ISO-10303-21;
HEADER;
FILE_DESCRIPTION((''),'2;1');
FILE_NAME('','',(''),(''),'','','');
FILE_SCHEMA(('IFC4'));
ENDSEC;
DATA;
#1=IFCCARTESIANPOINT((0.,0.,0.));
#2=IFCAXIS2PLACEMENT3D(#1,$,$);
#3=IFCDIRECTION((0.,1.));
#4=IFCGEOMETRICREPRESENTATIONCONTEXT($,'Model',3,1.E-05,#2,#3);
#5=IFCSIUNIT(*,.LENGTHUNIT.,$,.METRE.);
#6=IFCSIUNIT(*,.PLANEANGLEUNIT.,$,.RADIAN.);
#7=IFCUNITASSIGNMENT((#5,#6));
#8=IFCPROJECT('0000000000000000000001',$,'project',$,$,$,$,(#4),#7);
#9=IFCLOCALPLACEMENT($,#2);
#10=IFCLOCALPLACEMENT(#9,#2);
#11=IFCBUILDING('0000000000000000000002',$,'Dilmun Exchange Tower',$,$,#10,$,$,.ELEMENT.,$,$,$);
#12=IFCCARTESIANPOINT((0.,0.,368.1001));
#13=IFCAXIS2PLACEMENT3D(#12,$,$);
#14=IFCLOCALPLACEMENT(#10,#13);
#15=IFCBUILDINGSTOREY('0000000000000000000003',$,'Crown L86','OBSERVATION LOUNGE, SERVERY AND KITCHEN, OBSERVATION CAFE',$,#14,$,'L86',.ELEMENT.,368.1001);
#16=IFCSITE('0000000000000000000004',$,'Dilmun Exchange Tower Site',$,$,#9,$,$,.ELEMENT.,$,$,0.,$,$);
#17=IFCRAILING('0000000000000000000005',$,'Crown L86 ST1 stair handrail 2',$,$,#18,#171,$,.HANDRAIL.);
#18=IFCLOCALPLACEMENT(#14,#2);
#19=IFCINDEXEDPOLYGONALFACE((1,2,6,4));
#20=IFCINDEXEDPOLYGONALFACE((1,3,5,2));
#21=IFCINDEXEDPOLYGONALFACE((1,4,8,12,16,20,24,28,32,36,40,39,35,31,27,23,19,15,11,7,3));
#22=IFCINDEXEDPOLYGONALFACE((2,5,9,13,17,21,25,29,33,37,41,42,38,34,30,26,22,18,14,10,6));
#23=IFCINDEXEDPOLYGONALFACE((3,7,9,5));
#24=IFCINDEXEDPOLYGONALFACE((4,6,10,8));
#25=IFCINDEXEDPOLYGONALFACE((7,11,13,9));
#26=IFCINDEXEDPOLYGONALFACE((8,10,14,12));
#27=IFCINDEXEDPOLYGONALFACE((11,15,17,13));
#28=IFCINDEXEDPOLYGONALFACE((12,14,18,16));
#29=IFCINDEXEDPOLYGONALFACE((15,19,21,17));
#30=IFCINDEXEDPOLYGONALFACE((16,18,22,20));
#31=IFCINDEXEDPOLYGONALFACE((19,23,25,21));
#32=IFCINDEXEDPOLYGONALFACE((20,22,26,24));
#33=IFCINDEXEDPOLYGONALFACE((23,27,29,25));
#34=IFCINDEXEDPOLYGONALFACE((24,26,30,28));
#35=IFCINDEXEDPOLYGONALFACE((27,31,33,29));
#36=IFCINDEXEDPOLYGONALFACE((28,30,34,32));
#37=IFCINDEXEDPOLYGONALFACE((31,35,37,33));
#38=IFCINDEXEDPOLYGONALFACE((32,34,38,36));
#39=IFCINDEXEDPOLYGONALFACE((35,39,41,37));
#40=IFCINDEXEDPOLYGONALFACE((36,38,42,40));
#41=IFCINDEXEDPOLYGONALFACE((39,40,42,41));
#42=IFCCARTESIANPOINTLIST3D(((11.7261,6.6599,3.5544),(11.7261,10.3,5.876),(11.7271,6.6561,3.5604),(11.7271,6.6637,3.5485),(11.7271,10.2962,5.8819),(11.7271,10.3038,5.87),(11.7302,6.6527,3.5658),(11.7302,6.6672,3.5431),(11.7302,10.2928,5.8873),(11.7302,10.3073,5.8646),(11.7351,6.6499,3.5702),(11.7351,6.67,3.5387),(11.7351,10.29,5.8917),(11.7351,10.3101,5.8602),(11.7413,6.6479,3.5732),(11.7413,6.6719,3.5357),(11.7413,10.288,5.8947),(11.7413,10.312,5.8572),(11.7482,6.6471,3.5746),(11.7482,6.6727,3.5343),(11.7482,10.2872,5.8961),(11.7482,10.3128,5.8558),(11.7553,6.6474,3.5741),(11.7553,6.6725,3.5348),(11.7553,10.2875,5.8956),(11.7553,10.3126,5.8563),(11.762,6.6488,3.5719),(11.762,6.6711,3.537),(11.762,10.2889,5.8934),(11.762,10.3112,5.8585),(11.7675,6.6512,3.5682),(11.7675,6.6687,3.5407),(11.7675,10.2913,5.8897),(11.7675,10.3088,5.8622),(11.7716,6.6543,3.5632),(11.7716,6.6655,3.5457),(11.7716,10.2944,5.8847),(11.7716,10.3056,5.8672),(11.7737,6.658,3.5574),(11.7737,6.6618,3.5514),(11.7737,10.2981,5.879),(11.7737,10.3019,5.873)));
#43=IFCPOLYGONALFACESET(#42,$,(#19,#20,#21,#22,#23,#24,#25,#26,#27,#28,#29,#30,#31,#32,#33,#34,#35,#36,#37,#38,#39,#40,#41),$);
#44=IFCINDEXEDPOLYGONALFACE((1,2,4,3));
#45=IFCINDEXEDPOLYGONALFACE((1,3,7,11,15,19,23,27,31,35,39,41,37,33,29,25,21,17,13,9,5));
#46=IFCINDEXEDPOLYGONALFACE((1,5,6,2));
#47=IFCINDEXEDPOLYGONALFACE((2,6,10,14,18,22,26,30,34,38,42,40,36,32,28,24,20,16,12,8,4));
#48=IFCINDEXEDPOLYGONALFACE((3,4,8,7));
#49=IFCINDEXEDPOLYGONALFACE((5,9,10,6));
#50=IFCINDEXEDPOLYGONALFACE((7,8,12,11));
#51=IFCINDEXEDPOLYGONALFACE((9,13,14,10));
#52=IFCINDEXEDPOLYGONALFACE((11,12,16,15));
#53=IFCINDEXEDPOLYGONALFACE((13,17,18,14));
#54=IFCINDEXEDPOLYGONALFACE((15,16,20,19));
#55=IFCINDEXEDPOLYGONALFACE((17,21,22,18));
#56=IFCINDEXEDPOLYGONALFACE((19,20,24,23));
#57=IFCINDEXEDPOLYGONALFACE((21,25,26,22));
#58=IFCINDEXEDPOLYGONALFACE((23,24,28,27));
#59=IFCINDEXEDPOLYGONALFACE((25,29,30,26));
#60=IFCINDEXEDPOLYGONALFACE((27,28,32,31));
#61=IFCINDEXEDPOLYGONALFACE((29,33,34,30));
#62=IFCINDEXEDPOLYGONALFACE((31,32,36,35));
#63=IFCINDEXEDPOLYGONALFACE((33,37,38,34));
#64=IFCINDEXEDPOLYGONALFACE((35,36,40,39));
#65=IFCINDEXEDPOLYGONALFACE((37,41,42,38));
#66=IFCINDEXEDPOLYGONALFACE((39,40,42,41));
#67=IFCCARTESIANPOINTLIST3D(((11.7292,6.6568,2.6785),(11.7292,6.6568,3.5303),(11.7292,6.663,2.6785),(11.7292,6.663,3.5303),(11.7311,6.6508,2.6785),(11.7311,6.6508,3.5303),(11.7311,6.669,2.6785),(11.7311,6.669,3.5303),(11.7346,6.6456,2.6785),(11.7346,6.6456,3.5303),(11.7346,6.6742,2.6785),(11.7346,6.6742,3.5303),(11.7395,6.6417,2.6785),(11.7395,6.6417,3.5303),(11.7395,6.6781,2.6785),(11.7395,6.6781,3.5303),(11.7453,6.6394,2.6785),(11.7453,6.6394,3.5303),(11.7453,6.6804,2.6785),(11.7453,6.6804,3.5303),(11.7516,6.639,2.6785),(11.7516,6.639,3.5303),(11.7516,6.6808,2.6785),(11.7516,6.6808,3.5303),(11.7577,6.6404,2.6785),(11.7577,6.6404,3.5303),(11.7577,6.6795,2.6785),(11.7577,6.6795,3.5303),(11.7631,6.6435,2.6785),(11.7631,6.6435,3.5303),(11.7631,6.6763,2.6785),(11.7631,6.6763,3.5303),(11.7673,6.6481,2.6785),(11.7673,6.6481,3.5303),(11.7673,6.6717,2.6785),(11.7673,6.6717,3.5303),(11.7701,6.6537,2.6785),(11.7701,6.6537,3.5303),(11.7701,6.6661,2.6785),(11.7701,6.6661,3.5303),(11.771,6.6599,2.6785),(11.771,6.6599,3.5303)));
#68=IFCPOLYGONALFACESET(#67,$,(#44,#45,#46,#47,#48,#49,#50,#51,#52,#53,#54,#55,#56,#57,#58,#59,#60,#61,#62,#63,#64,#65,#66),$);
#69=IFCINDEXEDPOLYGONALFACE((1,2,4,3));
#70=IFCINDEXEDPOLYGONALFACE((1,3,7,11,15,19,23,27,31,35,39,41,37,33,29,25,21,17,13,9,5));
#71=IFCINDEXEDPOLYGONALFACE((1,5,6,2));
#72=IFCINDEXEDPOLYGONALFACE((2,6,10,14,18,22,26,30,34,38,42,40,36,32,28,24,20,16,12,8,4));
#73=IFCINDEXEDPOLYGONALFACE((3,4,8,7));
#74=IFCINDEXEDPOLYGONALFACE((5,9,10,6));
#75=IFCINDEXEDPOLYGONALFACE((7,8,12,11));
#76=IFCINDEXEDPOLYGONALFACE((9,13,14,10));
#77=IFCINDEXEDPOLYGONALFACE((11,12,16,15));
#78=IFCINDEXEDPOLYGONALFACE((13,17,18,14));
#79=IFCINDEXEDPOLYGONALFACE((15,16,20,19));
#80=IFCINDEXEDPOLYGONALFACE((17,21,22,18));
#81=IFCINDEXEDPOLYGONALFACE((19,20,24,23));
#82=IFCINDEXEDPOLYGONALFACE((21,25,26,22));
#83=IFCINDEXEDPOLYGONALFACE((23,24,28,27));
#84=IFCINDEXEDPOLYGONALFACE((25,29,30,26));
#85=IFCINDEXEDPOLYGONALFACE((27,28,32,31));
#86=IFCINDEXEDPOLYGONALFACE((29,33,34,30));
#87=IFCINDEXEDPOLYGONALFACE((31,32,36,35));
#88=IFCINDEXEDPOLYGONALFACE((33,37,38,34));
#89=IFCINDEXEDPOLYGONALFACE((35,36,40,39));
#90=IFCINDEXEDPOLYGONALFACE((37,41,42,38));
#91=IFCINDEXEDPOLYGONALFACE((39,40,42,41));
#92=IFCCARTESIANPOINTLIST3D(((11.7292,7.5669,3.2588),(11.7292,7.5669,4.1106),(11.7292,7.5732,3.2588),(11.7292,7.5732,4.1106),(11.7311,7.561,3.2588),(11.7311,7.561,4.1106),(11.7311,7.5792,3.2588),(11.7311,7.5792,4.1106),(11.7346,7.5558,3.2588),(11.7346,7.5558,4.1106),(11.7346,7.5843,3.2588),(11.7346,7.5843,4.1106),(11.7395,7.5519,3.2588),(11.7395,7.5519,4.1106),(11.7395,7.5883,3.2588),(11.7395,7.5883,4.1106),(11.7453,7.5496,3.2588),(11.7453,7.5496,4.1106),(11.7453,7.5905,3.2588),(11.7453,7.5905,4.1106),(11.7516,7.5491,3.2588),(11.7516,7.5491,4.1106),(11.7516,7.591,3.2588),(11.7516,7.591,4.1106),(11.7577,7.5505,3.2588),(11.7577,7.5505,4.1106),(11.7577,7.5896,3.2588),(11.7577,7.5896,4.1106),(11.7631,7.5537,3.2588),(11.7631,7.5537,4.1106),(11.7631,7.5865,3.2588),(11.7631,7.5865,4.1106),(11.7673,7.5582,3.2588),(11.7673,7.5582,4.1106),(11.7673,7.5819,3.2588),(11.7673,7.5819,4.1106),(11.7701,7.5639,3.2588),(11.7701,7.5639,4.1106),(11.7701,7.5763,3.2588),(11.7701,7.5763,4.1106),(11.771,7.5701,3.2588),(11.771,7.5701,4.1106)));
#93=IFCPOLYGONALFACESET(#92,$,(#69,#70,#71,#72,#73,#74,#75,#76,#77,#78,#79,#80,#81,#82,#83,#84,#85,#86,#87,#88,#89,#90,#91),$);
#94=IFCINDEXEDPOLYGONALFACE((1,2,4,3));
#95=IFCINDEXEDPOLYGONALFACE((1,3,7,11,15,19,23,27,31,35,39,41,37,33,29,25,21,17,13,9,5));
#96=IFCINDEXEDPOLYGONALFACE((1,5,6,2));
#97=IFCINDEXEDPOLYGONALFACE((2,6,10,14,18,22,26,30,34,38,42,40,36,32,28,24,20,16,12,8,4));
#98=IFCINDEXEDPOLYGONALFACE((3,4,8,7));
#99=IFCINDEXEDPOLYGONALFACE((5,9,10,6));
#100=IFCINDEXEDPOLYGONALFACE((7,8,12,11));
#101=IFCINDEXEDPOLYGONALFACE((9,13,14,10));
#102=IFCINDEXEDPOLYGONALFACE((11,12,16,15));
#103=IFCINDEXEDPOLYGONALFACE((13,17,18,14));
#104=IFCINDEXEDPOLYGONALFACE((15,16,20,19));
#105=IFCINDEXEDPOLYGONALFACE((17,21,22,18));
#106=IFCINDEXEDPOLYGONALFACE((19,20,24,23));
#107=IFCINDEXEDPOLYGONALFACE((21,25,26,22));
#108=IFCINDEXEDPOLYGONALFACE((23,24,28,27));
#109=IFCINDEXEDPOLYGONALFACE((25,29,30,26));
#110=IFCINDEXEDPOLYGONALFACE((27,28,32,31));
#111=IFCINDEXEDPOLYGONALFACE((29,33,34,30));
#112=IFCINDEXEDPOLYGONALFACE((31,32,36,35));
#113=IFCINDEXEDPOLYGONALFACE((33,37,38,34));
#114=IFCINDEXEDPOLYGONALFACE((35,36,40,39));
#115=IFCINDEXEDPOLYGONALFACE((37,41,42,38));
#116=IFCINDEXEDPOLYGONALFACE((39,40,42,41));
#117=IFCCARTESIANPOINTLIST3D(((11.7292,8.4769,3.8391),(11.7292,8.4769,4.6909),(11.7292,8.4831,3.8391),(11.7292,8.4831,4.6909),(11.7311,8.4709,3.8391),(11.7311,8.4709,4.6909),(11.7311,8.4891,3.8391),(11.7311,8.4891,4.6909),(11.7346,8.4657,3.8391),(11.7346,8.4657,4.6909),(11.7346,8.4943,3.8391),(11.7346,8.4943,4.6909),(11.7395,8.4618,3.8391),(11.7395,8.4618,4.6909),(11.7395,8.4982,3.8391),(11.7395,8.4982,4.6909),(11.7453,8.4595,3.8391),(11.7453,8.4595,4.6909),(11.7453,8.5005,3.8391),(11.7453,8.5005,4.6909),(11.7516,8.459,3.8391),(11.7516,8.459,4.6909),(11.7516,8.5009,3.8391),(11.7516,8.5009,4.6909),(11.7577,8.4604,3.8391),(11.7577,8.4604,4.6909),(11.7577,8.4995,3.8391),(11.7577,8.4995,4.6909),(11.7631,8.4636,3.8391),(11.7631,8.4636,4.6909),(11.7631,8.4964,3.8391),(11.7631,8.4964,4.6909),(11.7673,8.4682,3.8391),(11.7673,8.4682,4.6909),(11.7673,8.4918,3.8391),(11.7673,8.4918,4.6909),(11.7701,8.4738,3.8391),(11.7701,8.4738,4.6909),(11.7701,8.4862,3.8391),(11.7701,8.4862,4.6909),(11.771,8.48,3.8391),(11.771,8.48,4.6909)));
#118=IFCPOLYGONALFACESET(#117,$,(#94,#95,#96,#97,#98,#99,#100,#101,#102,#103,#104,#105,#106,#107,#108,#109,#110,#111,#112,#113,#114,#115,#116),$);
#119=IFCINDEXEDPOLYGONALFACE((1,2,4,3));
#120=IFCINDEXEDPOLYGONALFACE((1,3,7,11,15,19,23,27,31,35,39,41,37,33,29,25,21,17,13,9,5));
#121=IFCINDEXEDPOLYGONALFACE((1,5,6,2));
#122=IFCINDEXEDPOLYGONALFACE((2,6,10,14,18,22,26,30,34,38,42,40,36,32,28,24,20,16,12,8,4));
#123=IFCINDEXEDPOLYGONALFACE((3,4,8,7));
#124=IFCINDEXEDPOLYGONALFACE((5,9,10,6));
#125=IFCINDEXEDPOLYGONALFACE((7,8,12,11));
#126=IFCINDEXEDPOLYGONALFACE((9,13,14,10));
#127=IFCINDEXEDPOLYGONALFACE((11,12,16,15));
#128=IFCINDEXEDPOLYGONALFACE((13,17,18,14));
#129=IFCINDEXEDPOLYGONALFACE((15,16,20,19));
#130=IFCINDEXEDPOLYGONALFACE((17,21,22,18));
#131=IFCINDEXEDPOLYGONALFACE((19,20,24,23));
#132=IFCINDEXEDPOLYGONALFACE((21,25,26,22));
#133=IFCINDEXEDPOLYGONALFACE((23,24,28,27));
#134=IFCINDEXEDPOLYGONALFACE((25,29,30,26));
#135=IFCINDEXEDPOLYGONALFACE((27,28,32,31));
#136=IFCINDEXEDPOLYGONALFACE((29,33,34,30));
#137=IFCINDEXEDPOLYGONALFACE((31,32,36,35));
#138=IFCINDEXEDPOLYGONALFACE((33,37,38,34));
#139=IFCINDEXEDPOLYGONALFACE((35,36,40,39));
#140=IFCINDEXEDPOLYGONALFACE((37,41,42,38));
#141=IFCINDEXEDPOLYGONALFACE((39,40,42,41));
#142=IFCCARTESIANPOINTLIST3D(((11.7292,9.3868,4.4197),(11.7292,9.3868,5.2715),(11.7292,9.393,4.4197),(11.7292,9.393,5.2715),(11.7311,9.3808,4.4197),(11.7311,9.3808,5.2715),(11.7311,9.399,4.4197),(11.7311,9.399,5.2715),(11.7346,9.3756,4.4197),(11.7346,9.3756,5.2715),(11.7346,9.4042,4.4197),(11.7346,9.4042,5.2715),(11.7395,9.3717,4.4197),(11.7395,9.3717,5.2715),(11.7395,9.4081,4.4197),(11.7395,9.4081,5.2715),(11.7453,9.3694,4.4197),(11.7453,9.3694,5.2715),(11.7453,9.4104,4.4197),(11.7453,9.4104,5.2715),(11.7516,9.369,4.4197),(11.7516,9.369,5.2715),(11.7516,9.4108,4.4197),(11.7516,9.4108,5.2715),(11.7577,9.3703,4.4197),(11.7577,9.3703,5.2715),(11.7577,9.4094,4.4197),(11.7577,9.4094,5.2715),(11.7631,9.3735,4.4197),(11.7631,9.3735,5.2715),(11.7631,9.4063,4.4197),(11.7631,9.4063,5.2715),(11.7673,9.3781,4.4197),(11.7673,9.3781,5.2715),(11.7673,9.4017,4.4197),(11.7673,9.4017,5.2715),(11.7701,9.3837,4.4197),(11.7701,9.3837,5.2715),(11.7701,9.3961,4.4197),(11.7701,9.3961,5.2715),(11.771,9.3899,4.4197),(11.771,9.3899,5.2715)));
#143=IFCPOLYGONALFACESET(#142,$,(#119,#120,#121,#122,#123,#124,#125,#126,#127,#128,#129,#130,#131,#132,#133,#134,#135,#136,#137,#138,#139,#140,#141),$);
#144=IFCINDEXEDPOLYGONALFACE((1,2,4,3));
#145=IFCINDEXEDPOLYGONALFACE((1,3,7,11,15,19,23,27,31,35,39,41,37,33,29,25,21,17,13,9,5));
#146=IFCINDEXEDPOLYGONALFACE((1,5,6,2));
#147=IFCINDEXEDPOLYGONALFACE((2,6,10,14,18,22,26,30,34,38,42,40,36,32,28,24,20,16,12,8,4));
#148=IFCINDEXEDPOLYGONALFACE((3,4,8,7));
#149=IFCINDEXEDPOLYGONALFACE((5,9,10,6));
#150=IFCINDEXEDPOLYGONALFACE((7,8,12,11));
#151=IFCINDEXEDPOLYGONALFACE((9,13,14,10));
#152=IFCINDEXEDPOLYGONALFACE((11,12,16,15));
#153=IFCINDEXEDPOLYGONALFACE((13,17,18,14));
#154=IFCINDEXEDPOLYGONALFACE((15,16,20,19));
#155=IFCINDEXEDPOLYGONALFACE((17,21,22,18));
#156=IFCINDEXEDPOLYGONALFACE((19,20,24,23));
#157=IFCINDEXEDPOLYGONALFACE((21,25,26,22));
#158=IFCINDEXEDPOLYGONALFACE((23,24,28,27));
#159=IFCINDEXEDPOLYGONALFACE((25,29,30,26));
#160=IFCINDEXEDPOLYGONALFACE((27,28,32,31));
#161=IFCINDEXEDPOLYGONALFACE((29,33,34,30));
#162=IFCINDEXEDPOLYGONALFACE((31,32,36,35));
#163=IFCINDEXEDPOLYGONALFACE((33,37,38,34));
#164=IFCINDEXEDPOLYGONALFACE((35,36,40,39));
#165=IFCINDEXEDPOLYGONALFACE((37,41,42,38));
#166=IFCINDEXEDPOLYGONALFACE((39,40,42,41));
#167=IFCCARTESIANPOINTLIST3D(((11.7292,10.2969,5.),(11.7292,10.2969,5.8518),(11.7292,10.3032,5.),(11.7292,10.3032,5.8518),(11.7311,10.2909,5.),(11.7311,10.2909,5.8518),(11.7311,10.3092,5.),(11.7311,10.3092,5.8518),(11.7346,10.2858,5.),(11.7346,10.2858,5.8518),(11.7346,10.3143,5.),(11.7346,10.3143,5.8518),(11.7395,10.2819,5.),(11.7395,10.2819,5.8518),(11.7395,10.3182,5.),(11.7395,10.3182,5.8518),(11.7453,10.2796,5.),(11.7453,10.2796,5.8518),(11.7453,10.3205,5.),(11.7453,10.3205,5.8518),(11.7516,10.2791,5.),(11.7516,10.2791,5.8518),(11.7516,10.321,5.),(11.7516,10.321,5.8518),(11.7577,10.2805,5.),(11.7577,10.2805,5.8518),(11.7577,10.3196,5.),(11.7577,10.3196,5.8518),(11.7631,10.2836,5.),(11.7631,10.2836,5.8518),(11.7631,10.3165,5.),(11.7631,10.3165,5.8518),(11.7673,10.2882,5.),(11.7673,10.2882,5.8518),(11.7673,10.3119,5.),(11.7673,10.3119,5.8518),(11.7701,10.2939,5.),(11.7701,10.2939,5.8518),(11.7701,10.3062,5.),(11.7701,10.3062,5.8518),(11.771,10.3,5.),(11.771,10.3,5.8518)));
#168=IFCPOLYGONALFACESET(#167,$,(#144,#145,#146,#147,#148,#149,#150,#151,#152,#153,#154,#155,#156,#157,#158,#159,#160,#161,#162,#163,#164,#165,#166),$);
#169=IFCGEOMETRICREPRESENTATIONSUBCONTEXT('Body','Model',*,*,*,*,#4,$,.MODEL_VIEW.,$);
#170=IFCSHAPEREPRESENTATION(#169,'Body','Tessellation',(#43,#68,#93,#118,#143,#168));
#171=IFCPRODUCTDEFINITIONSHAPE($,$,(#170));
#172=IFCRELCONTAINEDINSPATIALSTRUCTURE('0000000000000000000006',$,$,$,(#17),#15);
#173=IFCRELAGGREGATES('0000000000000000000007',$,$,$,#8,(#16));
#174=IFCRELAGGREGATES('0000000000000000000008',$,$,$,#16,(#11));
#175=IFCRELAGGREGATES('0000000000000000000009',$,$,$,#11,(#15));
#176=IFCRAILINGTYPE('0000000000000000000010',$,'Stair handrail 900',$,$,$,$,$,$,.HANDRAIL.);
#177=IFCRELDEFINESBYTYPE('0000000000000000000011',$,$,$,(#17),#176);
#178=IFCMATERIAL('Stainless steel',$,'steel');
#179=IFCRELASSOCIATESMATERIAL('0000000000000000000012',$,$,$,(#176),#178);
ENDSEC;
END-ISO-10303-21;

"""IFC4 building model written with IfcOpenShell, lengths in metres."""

from ifc_helpers import new_model, si_unit, direction, frame, origin, origin_2d, place, context, subcontext, project, spatial, circle, extrude, material, type_object, element, save


model = new_model("IFC4")

# Units and contexts
model_context = context("Model", 3, precision=1e-05, world=origin(), true_north=direction((0.0, 1.0)))
body_context = subcontext(model_context, "Body", "Model", "MODEL_VIEW")
ifc_project = project(units=[si_unit("LENGTHUNIT", "METRE"), si_unit("PLANEANGLEUNIT", "RADIAN")], contexts=[model_context])

# Site, building, storey
site_placement = place(None, origin())
site = spatial("IfcSite", under=ifc_project, at=site_placement, Name="Dilmun Exchange Tower Site", CompositionType="ELEMENT", RefElevation=0.0)
building_placement = place(site_placement, origin())
building = spatial("IfcBuilding", under=site, at=building_placement, Name="Dilmun Exchange Tower", CompositionType="ELEMENT")
storey_placement = place(building_placement, frame((0.0, 0.0, 368.1001)))
storey = spatial("IfcBuildingStorey", under=building, at=storey_placement, Name="Crown L86", Description="OBSERVATION LOUNGE, SERVERY AND KITCHEN, OBSERVATION CAFE", LongName="L86", CompositionType="ELEMENT", Elevation=368.1001)

# Railing
ifc_material_1 = material(Name="Stainless steel", Category="steel")
railing_type = type_object("IfcRailingType", Name="Stair handrail 900", PredefinedType="HANDRAIL", material=ifc_material_1)
railing_1_placement = place(storey_placement, frame((11.75, 6.6599, 2.6785)))
element("IfcRailing", 1, at=railing_1_placement, inside=storey, type_object=railing_type, Name="Crown L86 ST1 stair handrail 2", PredefinedType="HANDRAIL", context=body_context, shape_type="SweptSolid", body=[
    extrude(circle(Radius=0.0239, at=origin_2d()), frame((0.0, 0.0, 0.876), z_axis=(0.0, 0.843128, 0.537713), x_axis=(-1.0, 0.0, 0.0)), (0.0, 0.0, 1.0), 4.3174),
    extrude(circle(Radius=0.021, at=origin_2d()), origin(), (0.0, 0.0, 1.0), 0.8518),
    extrude(circle(Radius=0.021, at=origin_2d()), frame((0.0, 0.9102, 0.5803)), (0.0, 0.0, 1.0), 0.8518),
    extrude(circle(Radius=0.021, at=origin_2d()), frame((0.0, 1.8201, 1.1606)), (0.0, 0.0, 1.0), 0.8518),
    extrude(circle(Radius=0.021, at=origin_2d()), frame((0.0, 2.73, 1.7412)), (0.0, 0.0, 1.0), 0.8518),
    extrude(circle(Radius=0.021, at=origin_2d()), frame((0.0, 3.6401, 2.3215)), (0.0, 0.0, 1.0), 0.8518),
])

save(model, "model.ifc")
